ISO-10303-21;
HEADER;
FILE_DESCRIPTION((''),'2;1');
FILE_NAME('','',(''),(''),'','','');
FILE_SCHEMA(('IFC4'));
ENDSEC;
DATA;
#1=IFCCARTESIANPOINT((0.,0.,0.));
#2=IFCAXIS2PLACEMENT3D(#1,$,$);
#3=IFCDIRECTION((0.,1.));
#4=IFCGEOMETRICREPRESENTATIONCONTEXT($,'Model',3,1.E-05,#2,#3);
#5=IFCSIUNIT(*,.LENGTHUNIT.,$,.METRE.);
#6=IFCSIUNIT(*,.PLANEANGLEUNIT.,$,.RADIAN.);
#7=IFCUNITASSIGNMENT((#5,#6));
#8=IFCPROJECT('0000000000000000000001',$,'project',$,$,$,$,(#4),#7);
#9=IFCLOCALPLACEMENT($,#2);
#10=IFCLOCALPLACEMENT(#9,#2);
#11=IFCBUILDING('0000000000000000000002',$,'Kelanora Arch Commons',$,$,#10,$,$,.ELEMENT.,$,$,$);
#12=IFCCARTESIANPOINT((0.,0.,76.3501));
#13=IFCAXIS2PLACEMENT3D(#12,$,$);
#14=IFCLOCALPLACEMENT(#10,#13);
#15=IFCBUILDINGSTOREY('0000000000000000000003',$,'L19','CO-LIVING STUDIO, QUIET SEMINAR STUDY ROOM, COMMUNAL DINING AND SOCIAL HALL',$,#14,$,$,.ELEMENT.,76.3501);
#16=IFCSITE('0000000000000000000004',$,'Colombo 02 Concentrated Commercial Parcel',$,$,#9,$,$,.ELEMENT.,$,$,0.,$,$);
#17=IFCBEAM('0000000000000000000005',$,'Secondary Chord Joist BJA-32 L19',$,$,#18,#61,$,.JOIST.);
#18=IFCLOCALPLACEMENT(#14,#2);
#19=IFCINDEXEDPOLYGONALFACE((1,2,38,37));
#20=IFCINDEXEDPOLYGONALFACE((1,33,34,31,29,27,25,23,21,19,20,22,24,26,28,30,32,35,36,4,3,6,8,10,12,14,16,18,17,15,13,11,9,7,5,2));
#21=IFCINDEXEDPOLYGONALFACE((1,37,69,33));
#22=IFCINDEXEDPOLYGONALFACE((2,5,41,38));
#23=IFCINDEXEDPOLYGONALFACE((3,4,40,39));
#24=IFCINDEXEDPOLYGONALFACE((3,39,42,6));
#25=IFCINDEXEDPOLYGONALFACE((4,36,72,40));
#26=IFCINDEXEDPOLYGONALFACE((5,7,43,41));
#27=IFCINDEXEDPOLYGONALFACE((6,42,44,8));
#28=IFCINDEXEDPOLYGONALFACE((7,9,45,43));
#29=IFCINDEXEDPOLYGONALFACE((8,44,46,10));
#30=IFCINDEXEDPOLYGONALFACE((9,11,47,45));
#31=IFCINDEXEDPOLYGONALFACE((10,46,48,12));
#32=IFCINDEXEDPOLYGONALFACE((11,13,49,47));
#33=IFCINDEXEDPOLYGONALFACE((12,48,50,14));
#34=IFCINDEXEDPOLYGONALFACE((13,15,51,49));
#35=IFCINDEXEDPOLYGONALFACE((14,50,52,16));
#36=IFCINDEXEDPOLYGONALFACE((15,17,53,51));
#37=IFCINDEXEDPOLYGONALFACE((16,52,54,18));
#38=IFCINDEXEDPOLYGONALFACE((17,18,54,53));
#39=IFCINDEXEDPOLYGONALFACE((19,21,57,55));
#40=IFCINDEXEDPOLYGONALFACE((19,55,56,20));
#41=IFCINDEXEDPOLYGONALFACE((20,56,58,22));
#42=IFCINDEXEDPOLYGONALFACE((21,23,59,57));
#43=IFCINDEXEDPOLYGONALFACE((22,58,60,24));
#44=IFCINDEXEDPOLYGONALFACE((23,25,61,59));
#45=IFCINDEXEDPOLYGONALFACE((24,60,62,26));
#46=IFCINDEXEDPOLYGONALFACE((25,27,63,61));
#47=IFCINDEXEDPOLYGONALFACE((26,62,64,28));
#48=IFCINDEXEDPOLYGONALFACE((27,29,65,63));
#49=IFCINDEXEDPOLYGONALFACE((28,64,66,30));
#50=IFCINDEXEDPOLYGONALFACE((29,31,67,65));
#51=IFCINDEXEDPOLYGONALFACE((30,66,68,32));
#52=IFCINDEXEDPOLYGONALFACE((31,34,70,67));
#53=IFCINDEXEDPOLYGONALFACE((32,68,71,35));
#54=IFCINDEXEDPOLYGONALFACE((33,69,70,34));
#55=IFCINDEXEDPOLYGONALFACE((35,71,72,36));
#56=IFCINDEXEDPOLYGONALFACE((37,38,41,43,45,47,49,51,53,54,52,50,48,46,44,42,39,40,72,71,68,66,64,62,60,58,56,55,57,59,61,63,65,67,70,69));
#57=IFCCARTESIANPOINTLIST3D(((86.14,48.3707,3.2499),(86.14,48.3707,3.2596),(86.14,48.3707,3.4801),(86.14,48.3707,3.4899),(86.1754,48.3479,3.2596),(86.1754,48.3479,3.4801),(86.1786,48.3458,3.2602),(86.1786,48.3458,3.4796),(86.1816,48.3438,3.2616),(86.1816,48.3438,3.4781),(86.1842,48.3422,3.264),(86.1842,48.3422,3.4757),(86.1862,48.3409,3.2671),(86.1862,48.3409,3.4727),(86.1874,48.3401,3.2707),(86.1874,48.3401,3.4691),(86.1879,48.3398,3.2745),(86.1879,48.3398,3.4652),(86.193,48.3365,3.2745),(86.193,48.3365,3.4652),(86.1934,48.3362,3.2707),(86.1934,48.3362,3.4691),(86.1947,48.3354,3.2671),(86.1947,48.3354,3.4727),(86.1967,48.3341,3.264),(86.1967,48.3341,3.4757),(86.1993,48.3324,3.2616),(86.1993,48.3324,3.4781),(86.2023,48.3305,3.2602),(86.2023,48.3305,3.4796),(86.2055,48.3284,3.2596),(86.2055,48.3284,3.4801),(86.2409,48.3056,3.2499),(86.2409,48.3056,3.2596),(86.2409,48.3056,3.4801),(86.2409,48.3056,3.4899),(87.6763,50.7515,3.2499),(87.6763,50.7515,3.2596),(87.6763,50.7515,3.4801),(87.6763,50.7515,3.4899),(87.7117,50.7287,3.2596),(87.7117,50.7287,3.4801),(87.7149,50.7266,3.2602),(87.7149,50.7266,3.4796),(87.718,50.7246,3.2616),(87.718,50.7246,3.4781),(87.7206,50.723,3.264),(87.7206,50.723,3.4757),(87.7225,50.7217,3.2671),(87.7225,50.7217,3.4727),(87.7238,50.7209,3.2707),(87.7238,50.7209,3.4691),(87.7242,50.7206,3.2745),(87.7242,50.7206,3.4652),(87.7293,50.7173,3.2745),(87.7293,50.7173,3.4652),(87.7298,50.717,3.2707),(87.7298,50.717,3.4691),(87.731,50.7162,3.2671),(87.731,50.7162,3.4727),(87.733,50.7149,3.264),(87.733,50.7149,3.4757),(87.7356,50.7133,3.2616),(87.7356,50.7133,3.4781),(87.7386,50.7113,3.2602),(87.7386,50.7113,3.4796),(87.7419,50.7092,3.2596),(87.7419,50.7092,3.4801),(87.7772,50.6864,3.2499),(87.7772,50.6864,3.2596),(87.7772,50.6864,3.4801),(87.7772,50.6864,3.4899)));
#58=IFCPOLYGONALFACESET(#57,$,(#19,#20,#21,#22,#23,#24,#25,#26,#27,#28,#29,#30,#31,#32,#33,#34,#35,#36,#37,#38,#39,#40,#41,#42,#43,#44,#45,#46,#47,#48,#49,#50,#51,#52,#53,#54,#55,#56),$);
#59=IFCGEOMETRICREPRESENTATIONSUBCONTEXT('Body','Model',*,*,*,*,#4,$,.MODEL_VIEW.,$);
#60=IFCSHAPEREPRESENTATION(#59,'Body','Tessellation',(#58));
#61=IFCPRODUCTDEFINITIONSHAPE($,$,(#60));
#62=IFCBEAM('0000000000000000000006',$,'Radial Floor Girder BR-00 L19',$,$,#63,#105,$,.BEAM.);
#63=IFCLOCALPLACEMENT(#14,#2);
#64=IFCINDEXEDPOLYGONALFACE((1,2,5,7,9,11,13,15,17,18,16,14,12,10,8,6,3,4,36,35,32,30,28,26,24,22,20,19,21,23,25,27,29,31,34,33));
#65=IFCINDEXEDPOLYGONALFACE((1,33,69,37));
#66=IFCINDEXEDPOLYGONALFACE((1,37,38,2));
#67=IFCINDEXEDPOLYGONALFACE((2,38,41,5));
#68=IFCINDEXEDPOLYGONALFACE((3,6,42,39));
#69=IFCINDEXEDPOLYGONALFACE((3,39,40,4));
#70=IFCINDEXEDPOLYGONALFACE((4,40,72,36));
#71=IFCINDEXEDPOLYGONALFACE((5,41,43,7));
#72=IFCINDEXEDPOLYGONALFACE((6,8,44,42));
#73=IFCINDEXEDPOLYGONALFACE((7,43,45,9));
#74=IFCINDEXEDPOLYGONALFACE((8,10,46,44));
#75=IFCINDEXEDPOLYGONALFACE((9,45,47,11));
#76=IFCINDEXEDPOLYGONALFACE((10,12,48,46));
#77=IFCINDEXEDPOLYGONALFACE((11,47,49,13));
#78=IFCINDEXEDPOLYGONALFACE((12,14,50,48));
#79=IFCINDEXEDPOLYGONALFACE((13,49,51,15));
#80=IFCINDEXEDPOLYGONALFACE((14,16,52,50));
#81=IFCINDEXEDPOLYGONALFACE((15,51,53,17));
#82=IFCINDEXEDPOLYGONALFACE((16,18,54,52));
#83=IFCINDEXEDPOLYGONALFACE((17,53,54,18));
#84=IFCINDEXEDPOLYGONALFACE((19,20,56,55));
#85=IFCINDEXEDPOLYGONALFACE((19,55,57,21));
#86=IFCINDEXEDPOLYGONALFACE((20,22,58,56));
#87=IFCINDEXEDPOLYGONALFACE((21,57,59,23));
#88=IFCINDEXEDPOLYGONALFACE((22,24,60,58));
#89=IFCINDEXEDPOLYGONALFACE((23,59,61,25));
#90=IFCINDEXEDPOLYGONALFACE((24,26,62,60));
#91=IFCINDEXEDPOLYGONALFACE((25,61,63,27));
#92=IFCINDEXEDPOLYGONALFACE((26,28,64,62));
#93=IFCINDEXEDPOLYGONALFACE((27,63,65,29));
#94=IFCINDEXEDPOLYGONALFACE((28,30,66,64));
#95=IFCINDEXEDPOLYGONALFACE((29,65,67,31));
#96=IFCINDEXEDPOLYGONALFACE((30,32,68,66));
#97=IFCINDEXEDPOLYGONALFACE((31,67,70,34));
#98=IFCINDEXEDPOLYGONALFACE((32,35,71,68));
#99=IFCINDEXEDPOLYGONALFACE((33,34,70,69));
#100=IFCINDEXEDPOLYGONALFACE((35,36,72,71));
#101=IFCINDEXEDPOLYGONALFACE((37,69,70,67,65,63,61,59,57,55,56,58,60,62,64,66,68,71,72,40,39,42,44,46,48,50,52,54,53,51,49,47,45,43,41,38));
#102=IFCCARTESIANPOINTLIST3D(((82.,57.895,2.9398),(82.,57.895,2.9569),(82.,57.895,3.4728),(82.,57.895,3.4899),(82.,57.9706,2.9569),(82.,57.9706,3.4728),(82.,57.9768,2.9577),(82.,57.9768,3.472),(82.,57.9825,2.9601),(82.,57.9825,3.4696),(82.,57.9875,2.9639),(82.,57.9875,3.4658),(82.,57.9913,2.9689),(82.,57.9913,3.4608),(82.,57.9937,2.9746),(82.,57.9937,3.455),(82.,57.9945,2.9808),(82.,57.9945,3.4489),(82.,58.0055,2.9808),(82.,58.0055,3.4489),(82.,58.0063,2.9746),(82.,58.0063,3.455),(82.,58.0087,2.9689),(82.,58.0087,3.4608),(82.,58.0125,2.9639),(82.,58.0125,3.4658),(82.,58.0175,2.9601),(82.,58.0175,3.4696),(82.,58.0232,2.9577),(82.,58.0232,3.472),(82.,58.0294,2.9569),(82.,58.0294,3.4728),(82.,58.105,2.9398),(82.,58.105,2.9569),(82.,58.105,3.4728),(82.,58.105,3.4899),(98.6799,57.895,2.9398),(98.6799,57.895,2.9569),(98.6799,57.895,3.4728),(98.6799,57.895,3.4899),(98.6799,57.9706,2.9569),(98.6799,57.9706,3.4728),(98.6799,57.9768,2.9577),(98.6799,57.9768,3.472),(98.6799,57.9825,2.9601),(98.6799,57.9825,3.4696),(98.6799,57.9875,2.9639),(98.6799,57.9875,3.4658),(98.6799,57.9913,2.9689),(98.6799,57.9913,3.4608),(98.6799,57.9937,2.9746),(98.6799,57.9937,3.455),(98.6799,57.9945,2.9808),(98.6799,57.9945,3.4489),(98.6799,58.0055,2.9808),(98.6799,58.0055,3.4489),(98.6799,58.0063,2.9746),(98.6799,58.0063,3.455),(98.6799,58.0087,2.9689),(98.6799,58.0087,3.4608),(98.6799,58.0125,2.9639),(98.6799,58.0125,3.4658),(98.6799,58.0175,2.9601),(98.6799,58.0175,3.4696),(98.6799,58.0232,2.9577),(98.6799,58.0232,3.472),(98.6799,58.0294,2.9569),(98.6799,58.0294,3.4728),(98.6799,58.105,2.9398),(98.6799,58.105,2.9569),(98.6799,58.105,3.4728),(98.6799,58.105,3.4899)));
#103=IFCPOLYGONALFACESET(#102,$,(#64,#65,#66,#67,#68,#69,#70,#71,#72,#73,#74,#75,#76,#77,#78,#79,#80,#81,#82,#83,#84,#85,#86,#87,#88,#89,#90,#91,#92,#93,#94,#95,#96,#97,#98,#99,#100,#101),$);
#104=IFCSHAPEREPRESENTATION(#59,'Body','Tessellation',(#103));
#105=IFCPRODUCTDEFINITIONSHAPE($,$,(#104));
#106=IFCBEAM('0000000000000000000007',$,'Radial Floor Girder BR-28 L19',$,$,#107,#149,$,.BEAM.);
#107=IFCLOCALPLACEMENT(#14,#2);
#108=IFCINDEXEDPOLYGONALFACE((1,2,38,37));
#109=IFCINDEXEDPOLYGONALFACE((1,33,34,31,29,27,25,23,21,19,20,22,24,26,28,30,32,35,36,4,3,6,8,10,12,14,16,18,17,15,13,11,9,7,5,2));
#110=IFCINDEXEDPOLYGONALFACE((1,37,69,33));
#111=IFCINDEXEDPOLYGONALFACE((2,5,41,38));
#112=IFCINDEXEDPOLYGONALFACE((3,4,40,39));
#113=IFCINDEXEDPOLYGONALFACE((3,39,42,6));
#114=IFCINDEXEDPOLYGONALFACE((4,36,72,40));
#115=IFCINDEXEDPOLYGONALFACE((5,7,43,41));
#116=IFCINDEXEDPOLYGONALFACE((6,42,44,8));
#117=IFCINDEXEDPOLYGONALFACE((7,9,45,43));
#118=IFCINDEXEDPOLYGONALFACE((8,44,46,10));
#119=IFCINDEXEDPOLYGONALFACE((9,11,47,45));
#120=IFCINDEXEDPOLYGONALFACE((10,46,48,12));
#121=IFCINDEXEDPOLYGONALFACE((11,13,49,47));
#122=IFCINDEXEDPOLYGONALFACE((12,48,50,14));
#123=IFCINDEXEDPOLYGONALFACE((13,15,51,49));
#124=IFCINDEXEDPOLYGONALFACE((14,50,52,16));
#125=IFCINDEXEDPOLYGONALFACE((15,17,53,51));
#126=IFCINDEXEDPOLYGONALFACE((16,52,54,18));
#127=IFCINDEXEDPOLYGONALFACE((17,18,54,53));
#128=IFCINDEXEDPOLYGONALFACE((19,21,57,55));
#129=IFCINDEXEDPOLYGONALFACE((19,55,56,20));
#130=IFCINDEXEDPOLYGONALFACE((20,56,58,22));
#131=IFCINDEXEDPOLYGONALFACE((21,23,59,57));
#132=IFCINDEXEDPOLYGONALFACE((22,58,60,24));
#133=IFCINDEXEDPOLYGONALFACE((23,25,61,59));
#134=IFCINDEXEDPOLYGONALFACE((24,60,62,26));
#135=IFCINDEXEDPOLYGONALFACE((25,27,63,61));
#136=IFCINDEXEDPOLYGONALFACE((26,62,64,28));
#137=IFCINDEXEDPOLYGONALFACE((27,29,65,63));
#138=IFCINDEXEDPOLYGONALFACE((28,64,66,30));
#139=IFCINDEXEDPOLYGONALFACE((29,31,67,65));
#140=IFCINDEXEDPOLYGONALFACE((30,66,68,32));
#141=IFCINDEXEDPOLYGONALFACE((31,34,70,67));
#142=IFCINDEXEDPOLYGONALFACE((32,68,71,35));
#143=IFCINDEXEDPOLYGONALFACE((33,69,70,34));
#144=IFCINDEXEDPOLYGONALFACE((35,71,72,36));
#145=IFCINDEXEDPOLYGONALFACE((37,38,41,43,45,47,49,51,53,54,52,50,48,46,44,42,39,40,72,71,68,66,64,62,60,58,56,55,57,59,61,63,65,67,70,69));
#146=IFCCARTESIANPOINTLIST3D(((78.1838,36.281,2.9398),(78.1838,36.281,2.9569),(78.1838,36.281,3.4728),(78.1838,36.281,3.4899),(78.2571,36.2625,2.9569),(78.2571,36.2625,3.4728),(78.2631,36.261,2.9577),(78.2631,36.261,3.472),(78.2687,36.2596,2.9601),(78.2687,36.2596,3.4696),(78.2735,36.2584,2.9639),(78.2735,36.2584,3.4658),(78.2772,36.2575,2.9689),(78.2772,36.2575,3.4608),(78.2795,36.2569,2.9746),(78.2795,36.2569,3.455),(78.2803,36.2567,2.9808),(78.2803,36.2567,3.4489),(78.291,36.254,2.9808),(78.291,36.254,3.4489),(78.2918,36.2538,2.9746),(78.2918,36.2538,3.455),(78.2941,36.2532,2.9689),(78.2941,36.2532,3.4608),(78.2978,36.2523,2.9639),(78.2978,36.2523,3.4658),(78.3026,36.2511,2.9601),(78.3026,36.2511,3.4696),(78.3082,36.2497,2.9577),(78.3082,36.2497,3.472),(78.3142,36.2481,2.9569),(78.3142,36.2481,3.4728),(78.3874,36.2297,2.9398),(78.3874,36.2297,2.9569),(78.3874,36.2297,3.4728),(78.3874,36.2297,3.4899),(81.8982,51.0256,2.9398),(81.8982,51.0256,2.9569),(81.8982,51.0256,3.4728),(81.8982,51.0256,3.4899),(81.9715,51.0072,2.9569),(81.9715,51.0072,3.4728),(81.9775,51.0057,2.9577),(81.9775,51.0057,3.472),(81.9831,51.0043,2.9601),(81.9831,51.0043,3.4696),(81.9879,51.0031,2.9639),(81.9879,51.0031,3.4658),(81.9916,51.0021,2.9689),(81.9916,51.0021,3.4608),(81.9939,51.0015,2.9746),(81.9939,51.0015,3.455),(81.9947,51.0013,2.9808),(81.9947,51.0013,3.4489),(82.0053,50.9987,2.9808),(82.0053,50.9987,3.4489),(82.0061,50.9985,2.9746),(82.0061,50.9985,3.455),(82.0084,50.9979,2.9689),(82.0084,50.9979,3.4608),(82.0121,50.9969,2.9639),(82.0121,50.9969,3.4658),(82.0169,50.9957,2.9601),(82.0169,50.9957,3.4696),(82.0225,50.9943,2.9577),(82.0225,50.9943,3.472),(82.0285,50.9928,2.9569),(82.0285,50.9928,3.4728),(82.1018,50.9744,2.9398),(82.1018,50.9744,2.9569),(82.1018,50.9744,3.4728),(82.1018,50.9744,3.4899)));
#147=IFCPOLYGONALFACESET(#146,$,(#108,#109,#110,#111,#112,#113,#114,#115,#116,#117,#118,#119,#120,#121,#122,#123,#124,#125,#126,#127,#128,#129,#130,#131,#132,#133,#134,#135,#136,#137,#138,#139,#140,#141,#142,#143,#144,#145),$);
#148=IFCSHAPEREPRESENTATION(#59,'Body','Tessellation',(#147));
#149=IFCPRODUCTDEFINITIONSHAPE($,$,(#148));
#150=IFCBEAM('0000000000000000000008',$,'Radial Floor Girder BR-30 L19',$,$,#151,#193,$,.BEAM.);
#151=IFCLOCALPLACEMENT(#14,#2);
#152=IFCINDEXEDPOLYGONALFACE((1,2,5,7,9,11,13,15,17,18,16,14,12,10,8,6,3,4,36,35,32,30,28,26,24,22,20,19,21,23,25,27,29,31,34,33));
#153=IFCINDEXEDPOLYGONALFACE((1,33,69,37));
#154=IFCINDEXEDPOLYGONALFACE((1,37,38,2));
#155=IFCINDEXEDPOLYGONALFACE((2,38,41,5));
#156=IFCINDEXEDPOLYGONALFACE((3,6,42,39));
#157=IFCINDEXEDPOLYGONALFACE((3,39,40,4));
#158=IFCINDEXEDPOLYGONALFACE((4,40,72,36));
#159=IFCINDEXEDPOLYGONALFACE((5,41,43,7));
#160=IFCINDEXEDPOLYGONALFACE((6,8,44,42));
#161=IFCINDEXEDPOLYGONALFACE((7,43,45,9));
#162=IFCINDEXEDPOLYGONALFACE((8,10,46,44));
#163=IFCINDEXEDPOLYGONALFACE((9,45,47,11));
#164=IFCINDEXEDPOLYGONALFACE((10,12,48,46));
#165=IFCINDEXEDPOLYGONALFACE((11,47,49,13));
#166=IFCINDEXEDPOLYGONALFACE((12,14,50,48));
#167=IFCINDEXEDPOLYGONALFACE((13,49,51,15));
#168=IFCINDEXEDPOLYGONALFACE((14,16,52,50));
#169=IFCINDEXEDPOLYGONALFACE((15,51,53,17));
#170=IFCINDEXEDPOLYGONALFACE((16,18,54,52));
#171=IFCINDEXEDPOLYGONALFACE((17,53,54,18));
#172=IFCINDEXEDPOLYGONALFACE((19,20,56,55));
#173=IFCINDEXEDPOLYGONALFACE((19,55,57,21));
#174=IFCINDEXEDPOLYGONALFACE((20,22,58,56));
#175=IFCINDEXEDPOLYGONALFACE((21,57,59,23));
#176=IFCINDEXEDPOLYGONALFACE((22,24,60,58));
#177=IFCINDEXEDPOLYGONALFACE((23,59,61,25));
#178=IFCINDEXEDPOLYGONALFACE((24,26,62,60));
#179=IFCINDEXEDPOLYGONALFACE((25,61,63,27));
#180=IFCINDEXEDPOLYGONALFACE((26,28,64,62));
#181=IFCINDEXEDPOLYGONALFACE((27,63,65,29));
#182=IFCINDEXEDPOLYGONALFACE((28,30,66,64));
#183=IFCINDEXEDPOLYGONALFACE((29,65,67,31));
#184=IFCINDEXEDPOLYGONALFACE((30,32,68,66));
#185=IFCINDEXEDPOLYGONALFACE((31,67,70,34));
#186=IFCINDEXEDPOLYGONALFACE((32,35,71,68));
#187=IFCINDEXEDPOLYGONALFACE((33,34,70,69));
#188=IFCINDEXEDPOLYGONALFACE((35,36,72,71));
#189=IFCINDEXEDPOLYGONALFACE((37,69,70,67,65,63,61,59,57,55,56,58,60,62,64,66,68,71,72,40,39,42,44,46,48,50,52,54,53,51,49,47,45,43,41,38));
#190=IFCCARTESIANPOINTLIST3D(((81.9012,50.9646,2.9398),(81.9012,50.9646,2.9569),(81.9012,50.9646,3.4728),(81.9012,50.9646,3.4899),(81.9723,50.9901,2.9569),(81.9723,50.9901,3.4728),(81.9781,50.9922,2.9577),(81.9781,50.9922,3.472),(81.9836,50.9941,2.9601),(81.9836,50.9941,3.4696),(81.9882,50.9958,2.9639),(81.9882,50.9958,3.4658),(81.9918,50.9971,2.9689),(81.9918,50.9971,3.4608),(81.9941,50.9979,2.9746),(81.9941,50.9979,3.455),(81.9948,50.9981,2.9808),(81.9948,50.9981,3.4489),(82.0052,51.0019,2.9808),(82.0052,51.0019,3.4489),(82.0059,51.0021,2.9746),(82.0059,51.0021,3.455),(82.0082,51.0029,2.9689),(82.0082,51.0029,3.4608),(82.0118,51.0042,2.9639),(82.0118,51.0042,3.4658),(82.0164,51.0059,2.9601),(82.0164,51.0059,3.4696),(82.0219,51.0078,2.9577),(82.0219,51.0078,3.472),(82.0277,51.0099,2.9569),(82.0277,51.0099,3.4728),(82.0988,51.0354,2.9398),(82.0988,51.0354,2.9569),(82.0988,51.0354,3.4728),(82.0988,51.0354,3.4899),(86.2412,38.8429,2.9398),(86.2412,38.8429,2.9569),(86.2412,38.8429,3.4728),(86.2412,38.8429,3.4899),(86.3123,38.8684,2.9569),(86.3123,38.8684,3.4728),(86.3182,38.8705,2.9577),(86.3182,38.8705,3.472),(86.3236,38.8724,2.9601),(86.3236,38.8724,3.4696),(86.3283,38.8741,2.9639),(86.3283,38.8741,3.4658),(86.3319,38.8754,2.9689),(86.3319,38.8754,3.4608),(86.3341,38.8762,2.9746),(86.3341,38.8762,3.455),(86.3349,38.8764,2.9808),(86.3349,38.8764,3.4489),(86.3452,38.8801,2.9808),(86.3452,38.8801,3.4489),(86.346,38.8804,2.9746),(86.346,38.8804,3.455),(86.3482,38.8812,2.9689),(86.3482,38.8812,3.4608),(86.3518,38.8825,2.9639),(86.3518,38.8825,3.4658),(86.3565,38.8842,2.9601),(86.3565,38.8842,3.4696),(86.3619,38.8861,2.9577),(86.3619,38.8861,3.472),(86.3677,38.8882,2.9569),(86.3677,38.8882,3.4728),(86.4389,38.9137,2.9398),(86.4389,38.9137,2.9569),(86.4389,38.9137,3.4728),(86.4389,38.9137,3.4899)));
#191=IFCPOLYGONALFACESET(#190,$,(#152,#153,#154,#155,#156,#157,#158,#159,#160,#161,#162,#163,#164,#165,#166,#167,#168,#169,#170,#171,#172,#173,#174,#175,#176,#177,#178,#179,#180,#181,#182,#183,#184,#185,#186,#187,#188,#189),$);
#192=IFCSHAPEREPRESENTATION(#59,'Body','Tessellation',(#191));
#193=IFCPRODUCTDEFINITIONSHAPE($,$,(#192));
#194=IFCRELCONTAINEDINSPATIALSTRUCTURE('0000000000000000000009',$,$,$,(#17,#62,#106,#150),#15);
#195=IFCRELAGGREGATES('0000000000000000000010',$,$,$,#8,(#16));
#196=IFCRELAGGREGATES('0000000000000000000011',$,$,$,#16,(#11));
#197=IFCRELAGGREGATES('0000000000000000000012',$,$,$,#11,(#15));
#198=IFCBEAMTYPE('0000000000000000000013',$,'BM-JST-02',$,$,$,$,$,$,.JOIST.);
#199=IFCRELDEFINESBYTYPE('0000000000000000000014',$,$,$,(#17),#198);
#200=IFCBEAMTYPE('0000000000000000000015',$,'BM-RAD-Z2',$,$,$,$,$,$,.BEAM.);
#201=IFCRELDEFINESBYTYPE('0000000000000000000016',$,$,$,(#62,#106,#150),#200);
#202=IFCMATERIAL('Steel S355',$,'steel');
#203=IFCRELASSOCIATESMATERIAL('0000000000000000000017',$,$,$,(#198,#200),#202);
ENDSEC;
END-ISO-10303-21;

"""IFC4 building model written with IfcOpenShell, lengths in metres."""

from ifc_helpers import new_model, si_unit, direction, frame, origin, origin_2d, place, context, subcontext, project, spatial, i_section, extrude, material, material_profile, profile_set, type_object, element, save


model = new_model("IFC4")

# Units and contexts
model_context = context("Model", 3, precision=1e-05, world=origin(), true_north=direction((0.0, 1.0)))
body_context = subcontext(model_context, "Body", "Model", "MODEL_VIEW")
ifc_project = project(units=[si_unit("LENGTHUNIT", "METRE"), si_unit("PLANEANGLEUNIT", "RADIAN")], contexts=[model_context])

# Site, building, storey
site_placement = place(None, origin())
site = spatial("IfcSite", under=ifc_project, at=site_placement, Name="Colombo 02 Concentrated Commercial Parcel", CompositionType="ELEMENT", RefElevation=0.0)
building_placement = place(site_placement, origin())
building = spatial("IfcBuilding", under=site, at=building_placement, Name="Kelanora Arch Commons", CompositionType="ELEMENT")
storey_placement = place(building_placement, frame((0.0, 0.0, 76.3501)))
storey = spatial("IfcBuildingStorey", under=building, at=storey_placement, Name="L19", Description="CO-LIVING STUDIO, QUIET SEMINAR STUDY ROOM, COMMUNAL DINING AND SOCIAL HALL", CompositionType="ELEMENT", Elevation=76.3501)

# Beams
ifc_material_1 = material(Name="Steel S355", Category="steel")
ifc_material_profile_1 = material_profile(ifc_material_1, i_section(OverallWidth=0.1201, OverallDepth=0.24, WebThickness=0.0061, FlangeThickness=0.0098, FilletRadius=0.0149, at=origin_2d()), Name="IPE240")
ifc_profile_set_1 = profile_set([ifc_material_profile_1], Name="Steel S355")
beam_type_1 = type_object("IfcBeamType", Name="BM-JST-02", PredefinedType="JOIST", material=ifc_profile_set_1)
beam_1_placement = place(storey_placement, frame((86.1904, 48.3381, 3.3699), z_axis=(0.542211, 0.840242, 0.0), x_axis=(-0.840242, 0.542211, 0.0)))
element("IfcBeam", 1, at=beam_1_placement, inside=storey, type_object=beam_type_1, Name="Secondary Chord Joist BJA-32 L19", PredefinedType="JOIST", context=body_context, shape_type="SweptSolid", body=[
    extrude(i_section(OverallWidth=0.1201, OverallDepth=0.24, WebThickness=0.0061, FlangeThickness=0.0098, FilletRadius=0.0149, at=origin_2d()), origin(), (0.0, 0.0, 1.0), 2.8335),
])
ifc_material_profile_2 = material_profile(ifc_material_1, i_section(OverallWidth=0.21, OverallDepth=0.55, WebThickness=0.011, FlangeThickness=0.0171, FilletRadius=0.0239, at=origin_2d()), Name="IPE550")
ifc_profile_set_2 = profile_set([ifc_material_profile_2], Name="Steel S355")
beam_type_2 = type_object("IfcBeamType", Name="BM-RAD-Z2", PredefinedType="BEAM", material=ifc_profile_set_2)
beam_2_placement = place(storey_placement, frame((82.0, 58.0, 3.2148), z_axis=(1.0, 0.0, 0.0), x_axis=(0.0, 1.0, 0.0)))
element("IfcBeam", 2, at=beam_2_placement, inside=storey, type_object=beam_type_2, Name="Radial Floor Girder BR-00 L19", PredefinedType="BEAM", context=body_context, shape_type="SweptSolid", body=[
    extrude(i_section(OverallWidth=0.21, OverallDepth=0.55, WebThickness=0.011, FlangeThickness=0.0171, FilletRadius=0.0239, at=origin_2d()), origin(), (0.0, 0.0, 1.0), 16.6799),
])
beam_3_placement = place(storey_placement, frame((82.0, 51.0, 3.2148), z_axis=(-0.244281, -0.969705, 0.0), x_axis=(0.969705, -0.244281, 0.0)))
element("IfcBeam", 3, at=beam_3_placement, inside=storey, type_object=beam_type_2, Name="Radial Floor Girder BR-28 L19", PredefinedType="BEAM", context=body_context, shape_type="SweptSolid", body=[
    extrude(i_section(OverallWidth=0.21, OverallDepth=0.55, WebThickness=0.011, FlangeThickness=0.0171, FilletRadius=0.0239, at=origin_2d()), origin(), (0.0, 0.0, 1.0), 15.2053),
])
beam_4_placement = place(storey_placement, frame((82.0, 51.0, 3.2148), z_axis=(0.337085, -0.941474, 0.0), x_axis=(0.941474, 0.337085, 0.0)))
element("IfcBeam", 4, at=beam_4_placement, inside=storey, type_object=beam_type_2, Name="Radial Floor Girder BR-30 L19", PredefinedType="BEAM", context=body_context, shape_type="SweptSolid", body=[
    extrude(i_section(OverallWidth=0.21, OverallDepth=0.55, WebThickness=0.011, FlangeThickness=0.0171, FilletRadius=0.0239, at=origin_2d()), origin(), (0.0, 0.0, 1.0), 12.8752),
])

save(model, "model.ifc")
